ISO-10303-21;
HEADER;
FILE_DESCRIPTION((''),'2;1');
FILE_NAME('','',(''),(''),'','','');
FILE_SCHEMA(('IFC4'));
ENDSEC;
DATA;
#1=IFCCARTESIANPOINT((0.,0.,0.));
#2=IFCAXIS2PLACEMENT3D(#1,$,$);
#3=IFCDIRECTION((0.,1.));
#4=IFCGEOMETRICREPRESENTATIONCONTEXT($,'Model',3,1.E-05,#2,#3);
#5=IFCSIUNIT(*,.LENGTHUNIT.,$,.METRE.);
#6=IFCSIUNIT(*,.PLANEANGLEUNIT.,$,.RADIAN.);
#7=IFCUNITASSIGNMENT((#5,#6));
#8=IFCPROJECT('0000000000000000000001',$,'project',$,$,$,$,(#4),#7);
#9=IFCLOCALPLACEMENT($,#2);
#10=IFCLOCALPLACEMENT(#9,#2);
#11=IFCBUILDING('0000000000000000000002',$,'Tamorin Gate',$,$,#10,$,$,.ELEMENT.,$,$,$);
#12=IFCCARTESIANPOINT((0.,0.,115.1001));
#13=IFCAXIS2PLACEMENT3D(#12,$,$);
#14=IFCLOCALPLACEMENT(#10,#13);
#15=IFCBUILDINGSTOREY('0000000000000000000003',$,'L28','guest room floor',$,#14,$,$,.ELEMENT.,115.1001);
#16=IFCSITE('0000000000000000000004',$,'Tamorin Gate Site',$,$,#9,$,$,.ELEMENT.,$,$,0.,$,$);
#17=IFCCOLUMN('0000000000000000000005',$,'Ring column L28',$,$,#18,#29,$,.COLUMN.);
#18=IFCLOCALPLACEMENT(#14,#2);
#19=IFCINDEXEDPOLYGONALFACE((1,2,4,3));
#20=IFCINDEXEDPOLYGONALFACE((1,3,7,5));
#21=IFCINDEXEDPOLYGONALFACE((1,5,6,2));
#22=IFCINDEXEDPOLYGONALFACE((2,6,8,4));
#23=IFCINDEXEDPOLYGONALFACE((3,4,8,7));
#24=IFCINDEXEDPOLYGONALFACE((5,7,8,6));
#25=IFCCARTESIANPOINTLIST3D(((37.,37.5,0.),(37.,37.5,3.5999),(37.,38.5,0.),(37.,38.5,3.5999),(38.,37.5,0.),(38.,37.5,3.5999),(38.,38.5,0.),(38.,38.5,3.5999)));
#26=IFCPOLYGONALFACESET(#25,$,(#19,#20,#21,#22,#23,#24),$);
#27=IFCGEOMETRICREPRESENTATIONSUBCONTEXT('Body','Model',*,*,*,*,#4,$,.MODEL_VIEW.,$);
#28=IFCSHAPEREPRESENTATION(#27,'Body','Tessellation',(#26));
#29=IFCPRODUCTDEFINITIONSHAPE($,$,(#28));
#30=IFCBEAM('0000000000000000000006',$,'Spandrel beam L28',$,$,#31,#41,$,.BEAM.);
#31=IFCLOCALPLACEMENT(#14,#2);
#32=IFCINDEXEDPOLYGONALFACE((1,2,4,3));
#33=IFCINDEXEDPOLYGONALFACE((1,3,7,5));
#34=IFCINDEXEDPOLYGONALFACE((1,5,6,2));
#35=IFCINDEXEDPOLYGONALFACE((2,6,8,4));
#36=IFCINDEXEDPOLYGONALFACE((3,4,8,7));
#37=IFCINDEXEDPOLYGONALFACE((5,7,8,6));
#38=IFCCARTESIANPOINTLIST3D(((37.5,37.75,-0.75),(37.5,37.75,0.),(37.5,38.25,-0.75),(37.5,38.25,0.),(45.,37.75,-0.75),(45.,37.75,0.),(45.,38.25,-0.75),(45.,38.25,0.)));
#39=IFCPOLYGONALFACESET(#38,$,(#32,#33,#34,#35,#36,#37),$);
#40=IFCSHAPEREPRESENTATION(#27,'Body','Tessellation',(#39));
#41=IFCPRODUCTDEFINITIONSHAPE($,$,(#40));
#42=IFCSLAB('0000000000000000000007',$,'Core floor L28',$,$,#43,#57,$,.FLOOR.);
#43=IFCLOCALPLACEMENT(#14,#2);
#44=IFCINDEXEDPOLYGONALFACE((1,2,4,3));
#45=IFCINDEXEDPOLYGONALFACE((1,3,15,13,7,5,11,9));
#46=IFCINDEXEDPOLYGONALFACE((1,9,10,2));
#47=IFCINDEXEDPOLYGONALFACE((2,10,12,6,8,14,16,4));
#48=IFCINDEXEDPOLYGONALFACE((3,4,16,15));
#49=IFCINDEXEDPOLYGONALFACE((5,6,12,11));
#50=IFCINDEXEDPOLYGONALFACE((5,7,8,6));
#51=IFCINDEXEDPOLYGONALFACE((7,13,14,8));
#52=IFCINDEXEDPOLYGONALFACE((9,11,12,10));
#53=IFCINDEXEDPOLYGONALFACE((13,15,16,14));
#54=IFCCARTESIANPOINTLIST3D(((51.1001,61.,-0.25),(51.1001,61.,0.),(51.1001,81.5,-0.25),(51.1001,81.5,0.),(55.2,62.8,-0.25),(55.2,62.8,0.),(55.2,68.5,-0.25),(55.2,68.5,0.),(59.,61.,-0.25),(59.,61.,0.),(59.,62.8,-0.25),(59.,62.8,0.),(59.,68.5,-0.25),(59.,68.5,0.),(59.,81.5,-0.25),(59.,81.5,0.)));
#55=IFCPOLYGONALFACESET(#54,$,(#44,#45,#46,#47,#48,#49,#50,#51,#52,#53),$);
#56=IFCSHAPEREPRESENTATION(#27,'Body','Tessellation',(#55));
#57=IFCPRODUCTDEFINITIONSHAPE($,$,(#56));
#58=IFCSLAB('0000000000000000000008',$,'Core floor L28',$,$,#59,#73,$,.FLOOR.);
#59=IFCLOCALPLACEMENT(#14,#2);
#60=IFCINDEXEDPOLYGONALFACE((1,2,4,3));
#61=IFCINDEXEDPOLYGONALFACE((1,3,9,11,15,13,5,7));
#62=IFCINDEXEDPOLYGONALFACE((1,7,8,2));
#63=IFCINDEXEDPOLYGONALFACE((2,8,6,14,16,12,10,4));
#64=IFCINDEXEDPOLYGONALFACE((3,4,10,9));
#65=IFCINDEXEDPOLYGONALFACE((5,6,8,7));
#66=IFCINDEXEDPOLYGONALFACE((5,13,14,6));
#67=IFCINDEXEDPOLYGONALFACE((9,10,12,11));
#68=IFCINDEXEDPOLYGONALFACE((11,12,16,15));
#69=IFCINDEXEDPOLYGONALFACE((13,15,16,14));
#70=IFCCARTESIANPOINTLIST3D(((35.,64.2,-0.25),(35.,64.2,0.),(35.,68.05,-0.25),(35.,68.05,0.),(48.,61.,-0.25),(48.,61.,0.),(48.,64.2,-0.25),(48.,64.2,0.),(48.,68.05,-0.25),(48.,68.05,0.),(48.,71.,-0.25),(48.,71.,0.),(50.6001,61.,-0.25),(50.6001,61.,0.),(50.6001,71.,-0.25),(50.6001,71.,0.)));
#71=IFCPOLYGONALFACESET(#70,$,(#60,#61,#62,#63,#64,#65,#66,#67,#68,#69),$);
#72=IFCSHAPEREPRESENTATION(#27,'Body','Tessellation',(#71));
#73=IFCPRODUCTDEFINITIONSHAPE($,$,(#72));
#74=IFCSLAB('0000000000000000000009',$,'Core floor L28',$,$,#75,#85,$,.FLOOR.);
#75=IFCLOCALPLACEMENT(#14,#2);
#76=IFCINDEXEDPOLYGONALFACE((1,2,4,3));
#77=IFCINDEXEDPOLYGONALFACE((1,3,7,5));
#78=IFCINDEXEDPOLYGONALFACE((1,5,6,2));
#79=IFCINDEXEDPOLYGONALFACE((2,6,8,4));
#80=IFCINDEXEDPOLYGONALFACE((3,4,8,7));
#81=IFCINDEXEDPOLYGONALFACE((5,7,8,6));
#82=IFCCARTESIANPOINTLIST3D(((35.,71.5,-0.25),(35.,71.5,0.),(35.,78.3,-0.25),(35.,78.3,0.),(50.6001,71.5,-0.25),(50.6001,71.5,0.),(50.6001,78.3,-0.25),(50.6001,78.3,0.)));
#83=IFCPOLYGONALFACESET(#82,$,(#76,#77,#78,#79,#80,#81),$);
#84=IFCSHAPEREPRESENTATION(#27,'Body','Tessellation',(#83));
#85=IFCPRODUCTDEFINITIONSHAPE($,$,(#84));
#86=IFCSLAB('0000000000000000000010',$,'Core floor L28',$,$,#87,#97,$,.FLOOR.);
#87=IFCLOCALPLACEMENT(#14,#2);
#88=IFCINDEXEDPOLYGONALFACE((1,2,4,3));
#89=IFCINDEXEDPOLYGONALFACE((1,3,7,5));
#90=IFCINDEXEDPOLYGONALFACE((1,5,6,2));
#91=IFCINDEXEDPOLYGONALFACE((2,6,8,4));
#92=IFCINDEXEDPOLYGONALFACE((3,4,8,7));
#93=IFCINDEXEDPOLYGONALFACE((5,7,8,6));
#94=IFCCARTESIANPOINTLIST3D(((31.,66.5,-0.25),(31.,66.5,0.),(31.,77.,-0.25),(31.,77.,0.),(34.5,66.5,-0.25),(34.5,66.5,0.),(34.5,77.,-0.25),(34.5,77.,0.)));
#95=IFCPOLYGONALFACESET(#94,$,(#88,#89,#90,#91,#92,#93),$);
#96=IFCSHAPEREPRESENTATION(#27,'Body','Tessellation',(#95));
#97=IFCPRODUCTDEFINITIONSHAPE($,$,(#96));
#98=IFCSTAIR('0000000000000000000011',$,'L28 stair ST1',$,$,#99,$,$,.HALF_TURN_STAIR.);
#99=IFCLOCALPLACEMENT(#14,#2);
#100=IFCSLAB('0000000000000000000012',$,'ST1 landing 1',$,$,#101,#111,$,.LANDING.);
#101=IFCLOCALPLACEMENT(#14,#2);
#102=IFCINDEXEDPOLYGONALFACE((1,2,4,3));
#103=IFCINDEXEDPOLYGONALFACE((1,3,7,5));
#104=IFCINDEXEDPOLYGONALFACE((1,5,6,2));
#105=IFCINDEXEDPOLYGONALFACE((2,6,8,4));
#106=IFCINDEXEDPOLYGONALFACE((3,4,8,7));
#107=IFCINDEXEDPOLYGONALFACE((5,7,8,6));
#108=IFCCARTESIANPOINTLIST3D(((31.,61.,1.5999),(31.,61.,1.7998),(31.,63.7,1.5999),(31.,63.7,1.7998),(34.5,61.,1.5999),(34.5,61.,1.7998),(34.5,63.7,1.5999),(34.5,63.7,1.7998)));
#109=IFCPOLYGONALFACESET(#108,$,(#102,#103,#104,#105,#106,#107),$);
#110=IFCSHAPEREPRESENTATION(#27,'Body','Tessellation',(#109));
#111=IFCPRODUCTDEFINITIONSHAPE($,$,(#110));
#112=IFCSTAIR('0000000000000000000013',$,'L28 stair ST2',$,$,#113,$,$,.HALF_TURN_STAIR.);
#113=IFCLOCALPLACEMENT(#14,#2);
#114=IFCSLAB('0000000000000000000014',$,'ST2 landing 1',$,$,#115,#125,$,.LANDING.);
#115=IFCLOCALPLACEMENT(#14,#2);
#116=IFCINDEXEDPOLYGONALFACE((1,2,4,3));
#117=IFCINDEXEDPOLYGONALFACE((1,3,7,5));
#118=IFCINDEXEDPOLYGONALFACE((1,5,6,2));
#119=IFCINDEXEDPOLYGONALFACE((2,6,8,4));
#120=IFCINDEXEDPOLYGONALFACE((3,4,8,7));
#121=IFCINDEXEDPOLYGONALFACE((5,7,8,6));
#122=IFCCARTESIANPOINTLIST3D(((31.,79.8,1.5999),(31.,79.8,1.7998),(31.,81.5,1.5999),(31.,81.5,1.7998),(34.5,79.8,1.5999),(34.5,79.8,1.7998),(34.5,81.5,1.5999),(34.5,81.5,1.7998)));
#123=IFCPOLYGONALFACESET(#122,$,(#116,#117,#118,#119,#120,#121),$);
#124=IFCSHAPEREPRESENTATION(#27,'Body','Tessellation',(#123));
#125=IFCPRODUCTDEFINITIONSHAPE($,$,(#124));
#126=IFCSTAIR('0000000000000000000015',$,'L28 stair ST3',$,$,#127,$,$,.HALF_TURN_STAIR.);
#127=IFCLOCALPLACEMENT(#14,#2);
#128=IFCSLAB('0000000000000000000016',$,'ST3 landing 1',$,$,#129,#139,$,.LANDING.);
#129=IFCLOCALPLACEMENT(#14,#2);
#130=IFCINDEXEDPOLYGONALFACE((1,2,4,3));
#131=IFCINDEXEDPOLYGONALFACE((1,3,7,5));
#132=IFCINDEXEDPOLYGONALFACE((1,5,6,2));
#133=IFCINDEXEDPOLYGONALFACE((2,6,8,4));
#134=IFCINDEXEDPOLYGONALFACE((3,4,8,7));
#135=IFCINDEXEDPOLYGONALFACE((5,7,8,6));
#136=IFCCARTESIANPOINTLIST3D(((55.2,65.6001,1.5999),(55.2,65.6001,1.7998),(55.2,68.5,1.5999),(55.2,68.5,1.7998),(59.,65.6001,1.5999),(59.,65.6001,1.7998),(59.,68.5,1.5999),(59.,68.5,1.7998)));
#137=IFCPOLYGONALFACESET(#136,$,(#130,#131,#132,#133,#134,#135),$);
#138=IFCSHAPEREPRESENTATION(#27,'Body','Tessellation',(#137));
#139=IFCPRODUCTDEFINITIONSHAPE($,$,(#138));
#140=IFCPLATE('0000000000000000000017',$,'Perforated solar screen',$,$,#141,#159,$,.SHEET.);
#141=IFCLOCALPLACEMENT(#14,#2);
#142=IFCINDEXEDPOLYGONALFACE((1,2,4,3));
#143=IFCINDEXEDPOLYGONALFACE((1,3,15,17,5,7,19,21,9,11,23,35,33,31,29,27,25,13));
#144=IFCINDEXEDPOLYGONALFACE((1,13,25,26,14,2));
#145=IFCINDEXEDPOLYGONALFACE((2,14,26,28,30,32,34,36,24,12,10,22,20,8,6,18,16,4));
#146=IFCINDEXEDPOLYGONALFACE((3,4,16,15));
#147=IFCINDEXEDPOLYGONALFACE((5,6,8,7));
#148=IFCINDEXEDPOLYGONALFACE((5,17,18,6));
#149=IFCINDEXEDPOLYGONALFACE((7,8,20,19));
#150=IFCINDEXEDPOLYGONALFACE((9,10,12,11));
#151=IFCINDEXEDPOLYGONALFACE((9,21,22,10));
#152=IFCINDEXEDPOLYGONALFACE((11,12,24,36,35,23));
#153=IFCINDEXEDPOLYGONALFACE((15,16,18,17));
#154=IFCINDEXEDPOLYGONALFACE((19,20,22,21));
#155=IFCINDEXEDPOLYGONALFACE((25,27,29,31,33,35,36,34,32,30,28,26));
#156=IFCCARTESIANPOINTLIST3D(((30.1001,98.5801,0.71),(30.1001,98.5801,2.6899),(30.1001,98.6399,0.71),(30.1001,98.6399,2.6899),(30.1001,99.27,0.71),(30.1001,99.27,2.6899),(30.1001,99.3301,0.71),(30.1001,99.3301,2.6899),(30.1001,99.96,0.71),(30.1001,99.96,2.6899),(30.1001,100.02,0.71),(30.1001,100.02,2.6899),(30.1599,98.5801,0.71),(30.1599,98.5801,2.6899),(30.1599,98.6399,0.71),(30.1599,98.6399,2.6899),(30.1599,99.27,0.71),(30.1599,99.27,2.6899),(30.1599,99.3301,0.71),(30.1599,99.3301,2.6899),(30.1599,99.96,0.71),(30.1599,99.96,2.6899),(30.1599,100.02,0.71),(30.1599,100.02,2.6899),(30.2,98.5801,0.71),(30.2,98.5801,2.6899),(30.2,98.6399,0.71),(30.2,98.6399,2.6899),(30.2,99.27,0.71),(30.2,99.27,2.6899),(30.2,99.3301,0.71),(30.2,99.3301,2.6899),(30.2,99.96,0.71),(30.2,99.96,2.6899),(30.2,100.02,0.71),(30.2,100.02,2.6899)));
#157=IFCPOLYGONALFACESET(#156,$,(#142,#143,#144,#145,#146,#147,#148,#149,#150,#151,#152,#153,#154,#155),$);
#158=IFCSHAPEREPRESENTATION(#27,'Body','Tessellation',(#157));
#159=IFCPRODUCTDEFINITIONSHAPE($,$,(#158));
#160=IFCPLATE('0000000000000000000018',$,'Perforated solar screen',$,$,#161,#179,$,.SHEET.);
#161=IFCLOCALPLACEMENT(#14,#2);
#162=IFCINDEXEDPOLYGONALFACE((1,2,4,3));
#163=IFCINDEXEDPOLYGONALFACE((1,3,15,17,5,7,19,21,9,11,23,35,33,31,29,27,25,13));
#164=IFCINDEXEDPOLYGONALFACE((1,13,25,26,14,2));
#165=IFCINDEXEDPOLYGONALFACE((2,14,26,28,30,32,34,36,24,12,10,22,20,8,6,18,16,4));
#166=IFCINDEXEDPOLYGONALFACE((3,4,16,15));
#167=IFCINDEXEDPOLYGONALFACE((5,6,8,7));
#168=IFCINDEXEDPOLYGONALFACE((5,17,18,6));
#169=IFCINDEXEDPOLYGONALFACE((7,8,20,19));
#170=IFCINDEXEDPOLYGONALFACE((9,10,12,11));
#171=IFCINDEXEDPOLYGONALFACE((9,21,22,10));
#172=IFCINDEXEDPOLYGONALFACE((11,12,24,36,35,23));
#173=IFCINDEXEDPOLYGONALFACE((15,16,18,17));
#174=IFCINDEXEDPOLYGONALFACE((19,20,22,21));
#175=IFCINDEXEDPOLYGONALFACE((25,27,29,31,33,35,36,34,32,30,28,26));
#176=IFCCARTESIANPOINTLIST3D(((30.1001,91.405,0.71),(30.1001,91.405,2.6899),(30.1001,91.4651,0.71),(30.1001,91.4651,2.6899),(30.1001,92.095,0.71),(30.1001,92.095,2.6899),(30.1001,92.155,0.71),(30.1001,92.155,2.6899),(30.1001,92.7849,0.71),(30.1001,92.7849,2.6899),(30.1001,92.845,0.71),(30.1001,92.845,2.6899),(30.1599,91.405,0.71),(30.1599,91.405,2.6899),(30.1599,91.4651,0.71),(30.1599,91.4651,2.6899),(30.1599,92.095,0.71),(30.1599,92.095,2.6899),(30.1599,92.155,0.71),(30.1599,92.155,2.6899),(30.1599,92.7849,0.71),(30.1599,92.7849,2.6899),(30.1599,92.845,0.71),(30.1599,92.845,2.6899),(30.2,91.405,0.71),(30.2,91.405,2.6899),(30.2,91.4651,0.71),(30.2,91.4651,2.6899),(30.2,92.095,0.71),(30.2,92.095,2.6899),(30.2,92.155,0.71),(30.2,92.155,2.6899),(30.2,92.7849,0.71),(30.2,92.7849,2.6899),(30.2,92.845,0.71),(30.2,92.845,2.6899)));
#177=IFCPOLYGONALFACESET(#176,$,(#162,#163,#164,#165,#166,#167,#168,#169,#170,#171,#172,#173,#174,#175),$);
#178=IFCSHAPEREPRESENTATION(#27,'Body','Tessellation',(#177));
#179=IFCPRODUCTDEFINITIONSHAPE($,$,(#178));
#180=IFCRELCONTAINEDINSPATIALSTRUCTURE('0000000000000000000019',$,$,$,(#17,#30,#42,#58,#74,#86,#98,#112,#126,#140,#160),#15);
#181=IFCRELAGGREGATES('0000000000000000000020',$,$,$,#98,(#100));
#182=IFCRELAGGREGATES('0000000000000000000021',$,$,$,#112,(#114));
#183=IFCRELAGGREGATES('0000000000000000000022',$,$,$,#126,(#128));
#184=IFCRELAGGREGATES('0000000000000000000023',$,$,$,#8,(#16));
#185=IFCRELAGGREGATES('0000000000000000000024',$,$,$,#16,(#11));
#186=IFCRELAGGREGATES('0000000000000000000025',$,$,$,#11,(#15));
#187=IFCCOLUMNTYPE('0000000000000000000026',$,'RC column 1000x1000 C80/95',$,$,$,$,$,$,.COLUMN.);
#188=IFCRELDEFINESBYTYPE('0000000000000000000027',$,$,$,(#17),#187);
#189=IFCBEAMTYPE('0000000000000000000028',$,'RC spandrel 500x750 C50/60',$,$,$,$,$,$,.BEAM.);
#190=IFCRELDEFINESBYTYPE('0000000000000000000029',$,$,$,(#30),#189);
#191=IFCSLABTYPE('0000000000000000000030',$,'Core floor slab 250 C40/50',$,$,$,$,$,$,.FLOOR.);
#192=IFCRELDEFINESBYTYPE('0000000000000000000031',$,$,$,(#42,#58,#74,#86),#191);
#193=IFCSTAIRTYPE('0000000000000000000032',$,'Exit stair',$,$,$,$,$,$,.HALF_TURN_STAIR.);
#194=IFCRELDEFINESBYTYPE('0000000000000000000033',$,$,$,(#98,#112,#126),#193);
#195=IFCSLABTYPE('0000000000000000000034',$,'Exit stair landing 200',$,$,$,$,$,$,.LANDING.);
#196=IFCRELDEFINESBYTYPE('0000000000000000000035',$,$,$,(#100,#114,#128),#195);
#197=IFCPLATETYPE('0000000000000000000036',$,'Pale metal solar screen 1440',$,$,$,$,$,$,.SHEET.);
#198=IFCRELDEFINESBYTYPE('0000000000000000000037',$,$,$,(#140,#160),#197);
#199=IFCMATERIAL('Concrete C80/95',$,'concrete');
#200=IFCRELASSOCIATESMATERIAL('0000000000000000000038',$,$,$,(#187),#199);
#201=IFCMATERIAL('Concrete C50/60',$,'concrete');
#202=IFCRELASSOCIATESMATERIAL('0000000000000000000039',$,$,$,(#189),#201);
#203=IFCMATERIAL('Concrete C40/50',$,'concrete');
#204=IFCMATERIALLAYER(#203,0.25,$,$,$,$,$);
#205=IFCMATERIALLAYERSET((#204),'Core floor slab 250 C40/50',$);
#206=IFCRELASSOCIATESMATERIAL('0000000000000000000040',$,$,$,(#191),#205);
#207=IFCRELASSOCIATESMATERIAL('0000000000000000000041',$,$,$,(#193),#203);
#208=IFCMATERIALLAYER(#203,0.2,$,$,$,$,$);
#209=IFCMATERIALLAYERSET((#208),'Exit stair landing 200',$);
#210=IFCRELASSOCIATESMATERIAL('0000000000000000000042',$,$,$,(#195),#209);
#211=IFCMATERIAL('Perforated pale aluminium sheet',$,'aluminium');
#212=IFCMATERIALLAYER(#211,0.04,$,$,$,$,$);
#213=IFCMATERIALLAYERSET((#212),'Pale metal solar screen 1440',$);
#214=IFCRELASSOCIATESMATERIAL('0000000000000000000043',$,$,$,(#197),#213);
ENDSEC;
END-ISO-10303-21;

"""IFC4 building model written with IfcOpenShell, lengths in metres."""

from ifc_helpers import new_model, si_unit, direction, frame, origin, origin_2d, place, context, subcontext, project, spatial, polyline, rectangle, outline, extrude, material, layer, layer_set, material_profile, profile_set, type_object, element, aggregate, save


model = new_model("IFC4")

# Units and contexts
model_context = context("Model", 3, precision=1e-05, world=origin(), true_north=direction((0.0, 1.0)))
body_context = subcontext(model_context, "Body", "Model", "MODEL_VIEW")
ifc_project = project(units=[si_unit("LENGTHUNIT", "METRE"), si_unit("PLANEANGLEUNIT", "RADIAN")], contexts=[model_context])

# Site, building, storey
site_placement = place(None, origin())
site = spatial("IfcSite", under=ifc_project, at=site_placement, Name="Tamorin Gate Site", CompositionType="ELEMENT", RefElevation=0.0)
building_placement = place(site_placement, origin())
building = spatial("IfcBuilding", under=site, at=building_placement, Name="Tamorin Gate", CompositionType="ELEMENT")
storey_placement = place(building_placement, frame((0.0, 0.0, 115.1001)))
storey = spatial("IfcBuildingStorey", under=building, at=storey_placement, Name="L28", Description="guest room floor", CompositionType="ELEMENT", Elevation=115.1001)

# Column
ifc_material_1 = material(Name="Concrete C80/95", Category="concrete")
ifc_material_profile_1 = material_profile(ifc_material_1, rectangle(XDim=1.0, YDim=1.0, at=origin_2d()), Name="RC 1000x1000")
ifc_profile_set_1 = profile_set([ifc_material_profile_1], Name="Concrete C80/95")
column_type = type_object("IfcColumnType", Name="RC column 1000x1000 C80/95", PredefinedType="COLUMN", material=ifc_profile_set_1)
column_placement = place(storey_placement, frame((37.5, 38.0, 0.0), z_axis=(0.0, 0.0, 1.0), x_axis=(1.0, 0.0, 0.0)))
element("IfcColumn", 1, at=column_placement, inside=storey, type_object=column_type, Name="Ring column L28", PredefinedType="COLUMN", context=body_context, shape_type="SweptSolid", body=[
    extrude(rectangle(XDim=1.0, YDim=1.0, at=origin_2d()), origin(), (0.0, 0.0, 1.0), 3.5999),
])

# Beam
ifc_material_2 = material(Name="Concrete C50/60", Category="concrete")
ifc_material_profile_2 = material_profile(ifc_material_2, rectangle(XDim=0.5, YDim=0.75, at=origin_2d()), Name="RC 500x750")
ifc_profile_set_2 = profile_set([ifc_material_profile_2], Name="Concrete C50/60")
beam_type = type_object("IfcBeamType", Name="RC spandrel 500x750 C50/60", PredefinedType="BEAM", material=ifc_profile_set_2)
beam_placement = place(storey_placement, frame((37.5, 38.0, -0.375), z_axis=(1.0, 0.0, 0.0), x_axis=(0.0, 1.0, 0.0)))
element("IfcBeam", 2, at=beam_placement, inside=storey, type_object=beam_type, Name="Spandrel beam L28", PredefinedType="BEAM", context=body_context, shape_type="SweptSolid", body=[
    extrude(rectangle(XDim=0.5, YDim=0.75, at=origin_2d()), origin(), (0.0, 0.0, 1.0), 7.5),
])

# Slabs
ifc_material_3 = material(Name="Concrete C40/50", Category="concrete")
ifc_layer_1 = layer(ifc_material_3, 0.25)
ifc_layer_set_1 = layer_set([ifc_layer_1], Name="Core floor slab 250 C40/50")
slab_type_1 = type_object("IfcSlabType", Name="Core floor slab 250 C40/50", PredefinedType="FLOOR", material=ifc_layer_set_1)
slab_1_placement = place(storey_placement, frame((0.0, 0.0, -0.25)))
element("IfcSlab", 3, at=slab_1_placement, inside=storey, type_object=slab_type_1, Name="Core floor L28", PredefinedType="FLOOR", context=body_context, shape_type="SweptSolid", body=[
    extrude(outline(polyline([(59.0, 62.8), (59.0, 61.0), (51.1001, 61.0), (51.1001, 81.5), (59.0, 81.5), (59.0, 68.5), (55.2, 68.5), (55.2, 62.8), (59.0, 62.8)])), origin(), (0.0, 0.0, 1.0), 0.25),
])
slab_2_placement = place(storey_placement, frame((0.0, 0.0, -0.25)))
element("IfcSlab", 4, at=slab_2_placement, inside=storey, type_object=slab_type_1, Name="Core floor L28", PredefinedType="FLOOR", context=body_context, shape_type="SweptSolid", body=[
    extrude(outline(polyline([(50.6001, 61.0), (48.0, 61.0), (48.0, 64.2), (35.0, 64.2), (35.0, 68.05), (48.0, 68.05), (48.0, 71.0), (50.6001, 71.0), (50.6001, 61.0)])), origin(), (0.0, 0.0, 1.0), 0.25),
])
slab_3_placement = place(storey_placement, frame((0.0, 0.0, -0.25)))
element("IfcSlab", 5, at=slab_3_placement, inside=storey, type_object=slab_type_1, Name="Core floor L28", PredefinedType="FLOOR", context=body_context, shape_type="SweptSolid", body=[
    extrude(outline(polyline([(50.6001, 71.5), (35.0, 71.5), (35.0, 78.3), (50.6001, 78.3), (50.6001, 71.5)])), origin(), (0.0, 0.0, 1.0), 0.25),
])
slab_4_placement = place(storey_placement, frame((0.0, 0.0, -0.25)))
element("IfcSlab", 6, at=slab_4_placement, inside=storey, type_object=slab_type_1, Name="Core floor L28", PredefinedType="FLOOR", context=body_context, shape_type="SweptSolid", body=[
    extrude(outline(polyline([(31.0, 66.5), (31.0, 77.0), (34.5, 77.0), (34.5, 66.5), (31.0, 66.5)])), origin(), (0.0, 0.0, 1.0), 0.25),
])

# Stairs, slabs
stair_type = type_object("IfcStairType", Name="Exit stair", PredefinedType="HALF_TURN_STAIR", material=ifc_material_3)
stair_1_placement = place(storey_placement, origin())
stair_1 = element("IfcStair", 7, at=stair_1_placement, inside=storey, type_object=stair_type, Name="L28 stair ST1", PredefinedType="HALF_TURN_STAIR")
ifc_layer_2 = layer(ifc_material_3, 0.2)
ifc_layer_set_2 = layer_set([ifc_layer_2], Name="Exit stair landing 200")
slab_type_2 = type_object("IfcSlabType", Name="Exit stair landing 200", PredefinedType="LANDING", material=ifc_layer_set_2)
slab_5_placement = place(storey_placement, frame((0.0, 0.0, 1.5999)))
slab_5 = element("IfcSlab", 8, at=slab_5_placement, type_object=slab_type_2, Name="ST1 landing 1", PredefinedType="LANDING", context=body_context, shape_type="SweptSolid", body=[
    extrude(outline(polyline([(31.0, 63.7), (31.0, 61.0), (34.5, 61.0), (34.5, 63.7), (31.0, 63.7)])), origin(), (0.0, 0.0, 1.0), 0.2),
])
aggregate(stair_1, [slab_5])
stair_2_placement = place(storey_placement, origin())
stair_2 = element("IfcStair", 9, at=stair_2_placement, inside=storey, type_object=stair_type, Name="L28 stair ST2", PredefinedType="HALF_TURN_STAIR")
slab_6_placement = place(storey_placement, frame((0.0, 0.0, 1.5999)))
slab_6 = element("IfcSlab", 10, at=slab_6_placement, type_object=slab_type_2, Name="ST2 landing 1", PredefinedType="LANDING", context=body_context, shape_type="SweptSolid", body=[
    extrude(outline(polyline([(34.5, 79.8), (34.5, 81.5), (31.0, 81.5), (31.0, 79.8), (34.5, 79.8)])), origin(), (0.0, 0.0, 1.0), 0.2),
])
aggregate(stair_2, [slab_6])
stair_3_placement = place(storey_placement, origin())
stair_3 = element("IfcStair", 11, at=stair_3_placement, inside=storey, type_object=stair_type, Name="L28 stair ST3", PredefinedType="HALF_TURN_STAIR")
slab_7_placement = place(storey_placement, frame((0.0, 0.0, 1.5999)))
slab_7 = element("IfcSlab", 12, at=slab_7_placement, type_object=slab_type_2, Name="ST3 landing 1", PredefinedType="LANDING", context=body_context, shape_type="SweptSolid", body=[
    extrude(outline(polyline([(59.0, 65.6001), (59.0, 68.5), (55.2, 68.5), (55.2, 65.6001), (59.0, 65.6001)])), origin(), (0.0, 0.0, 1.0), 0.2),
])
aggregate(stair_3, [slab_7])

# Plates
ifc_material_4 = material(Name="Perforated pale aluminium sheet", Category="aluminium")
ifc_layer_3 = layer(ifc_material_4, 0.04)
ifc_layer_set_3 = layer_set([ifc_layer_3], Name="Pale metal solar screen 1440")
plate_type = type_object("IfcPlateType", Name="Pale metal solar screen 1440", PredefinedType="SHEET", material=ifc_layer_set_3)
plate_1_placement = place(storey_placement, frame((0.0, 0.0, 0.71)))
element("IfcPlate", 13, at=plate_1_placement, inside=storey, type_object=plate_type, Name="Perforated solar screen", PredefinedType="SHEET", context=body_context, shape_type="SweptSolid", body=[
    extrude(outline(polyline([(30.1599, 100.02), (30.2, 100.02), (30.2, 99.96), (30.2, 99.3301), (30.2, 99.27), (30.2, 98.6399), (30.2, 98.5801), (30.1599, 98.5801), (30.1001, 98.5801), (30.1001, 98.6399), (30.1599, 98.6399), (30.1599, 99.27), (30.1001, 99.27), (30.1001, 99.3301), (30.1599, 99.3301), (30.1599, 99.96), (30.1001, 99.96), (30.1001, 100.02), (30.1599, 100.02)])), origin(), (0.0, 0.0, 1.0), 1.98),
])
plate_2_placement = place(storey_placement, frame((0.0, 0.0, 0.71)))
element("IfcPlate", 14, at=plate_2_placement, inside=storey, type_object=plate_type, Name="Perforated solar screen", PredefinedType="SHEET", context=body_context, shape_type="SweptSolid", body=[
    extrude(outline(polyline([(30.1599, 92.845), (30.2, 92.845), (30.2, 92.7849), (30.2, 92.155), (30.2, 92.095), (30.2, 91.4651), (30.2, 91.405), (30.1599, 91.405), (30.1001, 91.405), (30.1001, 91.4651), (30.1599, 91.4651), (30.1599, 92.095), (30.1001, 92.095), (30.1001, 92.155), (30.1599, 92.155), (30.1599, 92.7849), (30.1001, 92.7849), (30.1001, 92.845), (30.1599, 92.845)])), origin(), (0.0, 0.0, 1.0), 1.98),
])

save(model, "model.ifc")
